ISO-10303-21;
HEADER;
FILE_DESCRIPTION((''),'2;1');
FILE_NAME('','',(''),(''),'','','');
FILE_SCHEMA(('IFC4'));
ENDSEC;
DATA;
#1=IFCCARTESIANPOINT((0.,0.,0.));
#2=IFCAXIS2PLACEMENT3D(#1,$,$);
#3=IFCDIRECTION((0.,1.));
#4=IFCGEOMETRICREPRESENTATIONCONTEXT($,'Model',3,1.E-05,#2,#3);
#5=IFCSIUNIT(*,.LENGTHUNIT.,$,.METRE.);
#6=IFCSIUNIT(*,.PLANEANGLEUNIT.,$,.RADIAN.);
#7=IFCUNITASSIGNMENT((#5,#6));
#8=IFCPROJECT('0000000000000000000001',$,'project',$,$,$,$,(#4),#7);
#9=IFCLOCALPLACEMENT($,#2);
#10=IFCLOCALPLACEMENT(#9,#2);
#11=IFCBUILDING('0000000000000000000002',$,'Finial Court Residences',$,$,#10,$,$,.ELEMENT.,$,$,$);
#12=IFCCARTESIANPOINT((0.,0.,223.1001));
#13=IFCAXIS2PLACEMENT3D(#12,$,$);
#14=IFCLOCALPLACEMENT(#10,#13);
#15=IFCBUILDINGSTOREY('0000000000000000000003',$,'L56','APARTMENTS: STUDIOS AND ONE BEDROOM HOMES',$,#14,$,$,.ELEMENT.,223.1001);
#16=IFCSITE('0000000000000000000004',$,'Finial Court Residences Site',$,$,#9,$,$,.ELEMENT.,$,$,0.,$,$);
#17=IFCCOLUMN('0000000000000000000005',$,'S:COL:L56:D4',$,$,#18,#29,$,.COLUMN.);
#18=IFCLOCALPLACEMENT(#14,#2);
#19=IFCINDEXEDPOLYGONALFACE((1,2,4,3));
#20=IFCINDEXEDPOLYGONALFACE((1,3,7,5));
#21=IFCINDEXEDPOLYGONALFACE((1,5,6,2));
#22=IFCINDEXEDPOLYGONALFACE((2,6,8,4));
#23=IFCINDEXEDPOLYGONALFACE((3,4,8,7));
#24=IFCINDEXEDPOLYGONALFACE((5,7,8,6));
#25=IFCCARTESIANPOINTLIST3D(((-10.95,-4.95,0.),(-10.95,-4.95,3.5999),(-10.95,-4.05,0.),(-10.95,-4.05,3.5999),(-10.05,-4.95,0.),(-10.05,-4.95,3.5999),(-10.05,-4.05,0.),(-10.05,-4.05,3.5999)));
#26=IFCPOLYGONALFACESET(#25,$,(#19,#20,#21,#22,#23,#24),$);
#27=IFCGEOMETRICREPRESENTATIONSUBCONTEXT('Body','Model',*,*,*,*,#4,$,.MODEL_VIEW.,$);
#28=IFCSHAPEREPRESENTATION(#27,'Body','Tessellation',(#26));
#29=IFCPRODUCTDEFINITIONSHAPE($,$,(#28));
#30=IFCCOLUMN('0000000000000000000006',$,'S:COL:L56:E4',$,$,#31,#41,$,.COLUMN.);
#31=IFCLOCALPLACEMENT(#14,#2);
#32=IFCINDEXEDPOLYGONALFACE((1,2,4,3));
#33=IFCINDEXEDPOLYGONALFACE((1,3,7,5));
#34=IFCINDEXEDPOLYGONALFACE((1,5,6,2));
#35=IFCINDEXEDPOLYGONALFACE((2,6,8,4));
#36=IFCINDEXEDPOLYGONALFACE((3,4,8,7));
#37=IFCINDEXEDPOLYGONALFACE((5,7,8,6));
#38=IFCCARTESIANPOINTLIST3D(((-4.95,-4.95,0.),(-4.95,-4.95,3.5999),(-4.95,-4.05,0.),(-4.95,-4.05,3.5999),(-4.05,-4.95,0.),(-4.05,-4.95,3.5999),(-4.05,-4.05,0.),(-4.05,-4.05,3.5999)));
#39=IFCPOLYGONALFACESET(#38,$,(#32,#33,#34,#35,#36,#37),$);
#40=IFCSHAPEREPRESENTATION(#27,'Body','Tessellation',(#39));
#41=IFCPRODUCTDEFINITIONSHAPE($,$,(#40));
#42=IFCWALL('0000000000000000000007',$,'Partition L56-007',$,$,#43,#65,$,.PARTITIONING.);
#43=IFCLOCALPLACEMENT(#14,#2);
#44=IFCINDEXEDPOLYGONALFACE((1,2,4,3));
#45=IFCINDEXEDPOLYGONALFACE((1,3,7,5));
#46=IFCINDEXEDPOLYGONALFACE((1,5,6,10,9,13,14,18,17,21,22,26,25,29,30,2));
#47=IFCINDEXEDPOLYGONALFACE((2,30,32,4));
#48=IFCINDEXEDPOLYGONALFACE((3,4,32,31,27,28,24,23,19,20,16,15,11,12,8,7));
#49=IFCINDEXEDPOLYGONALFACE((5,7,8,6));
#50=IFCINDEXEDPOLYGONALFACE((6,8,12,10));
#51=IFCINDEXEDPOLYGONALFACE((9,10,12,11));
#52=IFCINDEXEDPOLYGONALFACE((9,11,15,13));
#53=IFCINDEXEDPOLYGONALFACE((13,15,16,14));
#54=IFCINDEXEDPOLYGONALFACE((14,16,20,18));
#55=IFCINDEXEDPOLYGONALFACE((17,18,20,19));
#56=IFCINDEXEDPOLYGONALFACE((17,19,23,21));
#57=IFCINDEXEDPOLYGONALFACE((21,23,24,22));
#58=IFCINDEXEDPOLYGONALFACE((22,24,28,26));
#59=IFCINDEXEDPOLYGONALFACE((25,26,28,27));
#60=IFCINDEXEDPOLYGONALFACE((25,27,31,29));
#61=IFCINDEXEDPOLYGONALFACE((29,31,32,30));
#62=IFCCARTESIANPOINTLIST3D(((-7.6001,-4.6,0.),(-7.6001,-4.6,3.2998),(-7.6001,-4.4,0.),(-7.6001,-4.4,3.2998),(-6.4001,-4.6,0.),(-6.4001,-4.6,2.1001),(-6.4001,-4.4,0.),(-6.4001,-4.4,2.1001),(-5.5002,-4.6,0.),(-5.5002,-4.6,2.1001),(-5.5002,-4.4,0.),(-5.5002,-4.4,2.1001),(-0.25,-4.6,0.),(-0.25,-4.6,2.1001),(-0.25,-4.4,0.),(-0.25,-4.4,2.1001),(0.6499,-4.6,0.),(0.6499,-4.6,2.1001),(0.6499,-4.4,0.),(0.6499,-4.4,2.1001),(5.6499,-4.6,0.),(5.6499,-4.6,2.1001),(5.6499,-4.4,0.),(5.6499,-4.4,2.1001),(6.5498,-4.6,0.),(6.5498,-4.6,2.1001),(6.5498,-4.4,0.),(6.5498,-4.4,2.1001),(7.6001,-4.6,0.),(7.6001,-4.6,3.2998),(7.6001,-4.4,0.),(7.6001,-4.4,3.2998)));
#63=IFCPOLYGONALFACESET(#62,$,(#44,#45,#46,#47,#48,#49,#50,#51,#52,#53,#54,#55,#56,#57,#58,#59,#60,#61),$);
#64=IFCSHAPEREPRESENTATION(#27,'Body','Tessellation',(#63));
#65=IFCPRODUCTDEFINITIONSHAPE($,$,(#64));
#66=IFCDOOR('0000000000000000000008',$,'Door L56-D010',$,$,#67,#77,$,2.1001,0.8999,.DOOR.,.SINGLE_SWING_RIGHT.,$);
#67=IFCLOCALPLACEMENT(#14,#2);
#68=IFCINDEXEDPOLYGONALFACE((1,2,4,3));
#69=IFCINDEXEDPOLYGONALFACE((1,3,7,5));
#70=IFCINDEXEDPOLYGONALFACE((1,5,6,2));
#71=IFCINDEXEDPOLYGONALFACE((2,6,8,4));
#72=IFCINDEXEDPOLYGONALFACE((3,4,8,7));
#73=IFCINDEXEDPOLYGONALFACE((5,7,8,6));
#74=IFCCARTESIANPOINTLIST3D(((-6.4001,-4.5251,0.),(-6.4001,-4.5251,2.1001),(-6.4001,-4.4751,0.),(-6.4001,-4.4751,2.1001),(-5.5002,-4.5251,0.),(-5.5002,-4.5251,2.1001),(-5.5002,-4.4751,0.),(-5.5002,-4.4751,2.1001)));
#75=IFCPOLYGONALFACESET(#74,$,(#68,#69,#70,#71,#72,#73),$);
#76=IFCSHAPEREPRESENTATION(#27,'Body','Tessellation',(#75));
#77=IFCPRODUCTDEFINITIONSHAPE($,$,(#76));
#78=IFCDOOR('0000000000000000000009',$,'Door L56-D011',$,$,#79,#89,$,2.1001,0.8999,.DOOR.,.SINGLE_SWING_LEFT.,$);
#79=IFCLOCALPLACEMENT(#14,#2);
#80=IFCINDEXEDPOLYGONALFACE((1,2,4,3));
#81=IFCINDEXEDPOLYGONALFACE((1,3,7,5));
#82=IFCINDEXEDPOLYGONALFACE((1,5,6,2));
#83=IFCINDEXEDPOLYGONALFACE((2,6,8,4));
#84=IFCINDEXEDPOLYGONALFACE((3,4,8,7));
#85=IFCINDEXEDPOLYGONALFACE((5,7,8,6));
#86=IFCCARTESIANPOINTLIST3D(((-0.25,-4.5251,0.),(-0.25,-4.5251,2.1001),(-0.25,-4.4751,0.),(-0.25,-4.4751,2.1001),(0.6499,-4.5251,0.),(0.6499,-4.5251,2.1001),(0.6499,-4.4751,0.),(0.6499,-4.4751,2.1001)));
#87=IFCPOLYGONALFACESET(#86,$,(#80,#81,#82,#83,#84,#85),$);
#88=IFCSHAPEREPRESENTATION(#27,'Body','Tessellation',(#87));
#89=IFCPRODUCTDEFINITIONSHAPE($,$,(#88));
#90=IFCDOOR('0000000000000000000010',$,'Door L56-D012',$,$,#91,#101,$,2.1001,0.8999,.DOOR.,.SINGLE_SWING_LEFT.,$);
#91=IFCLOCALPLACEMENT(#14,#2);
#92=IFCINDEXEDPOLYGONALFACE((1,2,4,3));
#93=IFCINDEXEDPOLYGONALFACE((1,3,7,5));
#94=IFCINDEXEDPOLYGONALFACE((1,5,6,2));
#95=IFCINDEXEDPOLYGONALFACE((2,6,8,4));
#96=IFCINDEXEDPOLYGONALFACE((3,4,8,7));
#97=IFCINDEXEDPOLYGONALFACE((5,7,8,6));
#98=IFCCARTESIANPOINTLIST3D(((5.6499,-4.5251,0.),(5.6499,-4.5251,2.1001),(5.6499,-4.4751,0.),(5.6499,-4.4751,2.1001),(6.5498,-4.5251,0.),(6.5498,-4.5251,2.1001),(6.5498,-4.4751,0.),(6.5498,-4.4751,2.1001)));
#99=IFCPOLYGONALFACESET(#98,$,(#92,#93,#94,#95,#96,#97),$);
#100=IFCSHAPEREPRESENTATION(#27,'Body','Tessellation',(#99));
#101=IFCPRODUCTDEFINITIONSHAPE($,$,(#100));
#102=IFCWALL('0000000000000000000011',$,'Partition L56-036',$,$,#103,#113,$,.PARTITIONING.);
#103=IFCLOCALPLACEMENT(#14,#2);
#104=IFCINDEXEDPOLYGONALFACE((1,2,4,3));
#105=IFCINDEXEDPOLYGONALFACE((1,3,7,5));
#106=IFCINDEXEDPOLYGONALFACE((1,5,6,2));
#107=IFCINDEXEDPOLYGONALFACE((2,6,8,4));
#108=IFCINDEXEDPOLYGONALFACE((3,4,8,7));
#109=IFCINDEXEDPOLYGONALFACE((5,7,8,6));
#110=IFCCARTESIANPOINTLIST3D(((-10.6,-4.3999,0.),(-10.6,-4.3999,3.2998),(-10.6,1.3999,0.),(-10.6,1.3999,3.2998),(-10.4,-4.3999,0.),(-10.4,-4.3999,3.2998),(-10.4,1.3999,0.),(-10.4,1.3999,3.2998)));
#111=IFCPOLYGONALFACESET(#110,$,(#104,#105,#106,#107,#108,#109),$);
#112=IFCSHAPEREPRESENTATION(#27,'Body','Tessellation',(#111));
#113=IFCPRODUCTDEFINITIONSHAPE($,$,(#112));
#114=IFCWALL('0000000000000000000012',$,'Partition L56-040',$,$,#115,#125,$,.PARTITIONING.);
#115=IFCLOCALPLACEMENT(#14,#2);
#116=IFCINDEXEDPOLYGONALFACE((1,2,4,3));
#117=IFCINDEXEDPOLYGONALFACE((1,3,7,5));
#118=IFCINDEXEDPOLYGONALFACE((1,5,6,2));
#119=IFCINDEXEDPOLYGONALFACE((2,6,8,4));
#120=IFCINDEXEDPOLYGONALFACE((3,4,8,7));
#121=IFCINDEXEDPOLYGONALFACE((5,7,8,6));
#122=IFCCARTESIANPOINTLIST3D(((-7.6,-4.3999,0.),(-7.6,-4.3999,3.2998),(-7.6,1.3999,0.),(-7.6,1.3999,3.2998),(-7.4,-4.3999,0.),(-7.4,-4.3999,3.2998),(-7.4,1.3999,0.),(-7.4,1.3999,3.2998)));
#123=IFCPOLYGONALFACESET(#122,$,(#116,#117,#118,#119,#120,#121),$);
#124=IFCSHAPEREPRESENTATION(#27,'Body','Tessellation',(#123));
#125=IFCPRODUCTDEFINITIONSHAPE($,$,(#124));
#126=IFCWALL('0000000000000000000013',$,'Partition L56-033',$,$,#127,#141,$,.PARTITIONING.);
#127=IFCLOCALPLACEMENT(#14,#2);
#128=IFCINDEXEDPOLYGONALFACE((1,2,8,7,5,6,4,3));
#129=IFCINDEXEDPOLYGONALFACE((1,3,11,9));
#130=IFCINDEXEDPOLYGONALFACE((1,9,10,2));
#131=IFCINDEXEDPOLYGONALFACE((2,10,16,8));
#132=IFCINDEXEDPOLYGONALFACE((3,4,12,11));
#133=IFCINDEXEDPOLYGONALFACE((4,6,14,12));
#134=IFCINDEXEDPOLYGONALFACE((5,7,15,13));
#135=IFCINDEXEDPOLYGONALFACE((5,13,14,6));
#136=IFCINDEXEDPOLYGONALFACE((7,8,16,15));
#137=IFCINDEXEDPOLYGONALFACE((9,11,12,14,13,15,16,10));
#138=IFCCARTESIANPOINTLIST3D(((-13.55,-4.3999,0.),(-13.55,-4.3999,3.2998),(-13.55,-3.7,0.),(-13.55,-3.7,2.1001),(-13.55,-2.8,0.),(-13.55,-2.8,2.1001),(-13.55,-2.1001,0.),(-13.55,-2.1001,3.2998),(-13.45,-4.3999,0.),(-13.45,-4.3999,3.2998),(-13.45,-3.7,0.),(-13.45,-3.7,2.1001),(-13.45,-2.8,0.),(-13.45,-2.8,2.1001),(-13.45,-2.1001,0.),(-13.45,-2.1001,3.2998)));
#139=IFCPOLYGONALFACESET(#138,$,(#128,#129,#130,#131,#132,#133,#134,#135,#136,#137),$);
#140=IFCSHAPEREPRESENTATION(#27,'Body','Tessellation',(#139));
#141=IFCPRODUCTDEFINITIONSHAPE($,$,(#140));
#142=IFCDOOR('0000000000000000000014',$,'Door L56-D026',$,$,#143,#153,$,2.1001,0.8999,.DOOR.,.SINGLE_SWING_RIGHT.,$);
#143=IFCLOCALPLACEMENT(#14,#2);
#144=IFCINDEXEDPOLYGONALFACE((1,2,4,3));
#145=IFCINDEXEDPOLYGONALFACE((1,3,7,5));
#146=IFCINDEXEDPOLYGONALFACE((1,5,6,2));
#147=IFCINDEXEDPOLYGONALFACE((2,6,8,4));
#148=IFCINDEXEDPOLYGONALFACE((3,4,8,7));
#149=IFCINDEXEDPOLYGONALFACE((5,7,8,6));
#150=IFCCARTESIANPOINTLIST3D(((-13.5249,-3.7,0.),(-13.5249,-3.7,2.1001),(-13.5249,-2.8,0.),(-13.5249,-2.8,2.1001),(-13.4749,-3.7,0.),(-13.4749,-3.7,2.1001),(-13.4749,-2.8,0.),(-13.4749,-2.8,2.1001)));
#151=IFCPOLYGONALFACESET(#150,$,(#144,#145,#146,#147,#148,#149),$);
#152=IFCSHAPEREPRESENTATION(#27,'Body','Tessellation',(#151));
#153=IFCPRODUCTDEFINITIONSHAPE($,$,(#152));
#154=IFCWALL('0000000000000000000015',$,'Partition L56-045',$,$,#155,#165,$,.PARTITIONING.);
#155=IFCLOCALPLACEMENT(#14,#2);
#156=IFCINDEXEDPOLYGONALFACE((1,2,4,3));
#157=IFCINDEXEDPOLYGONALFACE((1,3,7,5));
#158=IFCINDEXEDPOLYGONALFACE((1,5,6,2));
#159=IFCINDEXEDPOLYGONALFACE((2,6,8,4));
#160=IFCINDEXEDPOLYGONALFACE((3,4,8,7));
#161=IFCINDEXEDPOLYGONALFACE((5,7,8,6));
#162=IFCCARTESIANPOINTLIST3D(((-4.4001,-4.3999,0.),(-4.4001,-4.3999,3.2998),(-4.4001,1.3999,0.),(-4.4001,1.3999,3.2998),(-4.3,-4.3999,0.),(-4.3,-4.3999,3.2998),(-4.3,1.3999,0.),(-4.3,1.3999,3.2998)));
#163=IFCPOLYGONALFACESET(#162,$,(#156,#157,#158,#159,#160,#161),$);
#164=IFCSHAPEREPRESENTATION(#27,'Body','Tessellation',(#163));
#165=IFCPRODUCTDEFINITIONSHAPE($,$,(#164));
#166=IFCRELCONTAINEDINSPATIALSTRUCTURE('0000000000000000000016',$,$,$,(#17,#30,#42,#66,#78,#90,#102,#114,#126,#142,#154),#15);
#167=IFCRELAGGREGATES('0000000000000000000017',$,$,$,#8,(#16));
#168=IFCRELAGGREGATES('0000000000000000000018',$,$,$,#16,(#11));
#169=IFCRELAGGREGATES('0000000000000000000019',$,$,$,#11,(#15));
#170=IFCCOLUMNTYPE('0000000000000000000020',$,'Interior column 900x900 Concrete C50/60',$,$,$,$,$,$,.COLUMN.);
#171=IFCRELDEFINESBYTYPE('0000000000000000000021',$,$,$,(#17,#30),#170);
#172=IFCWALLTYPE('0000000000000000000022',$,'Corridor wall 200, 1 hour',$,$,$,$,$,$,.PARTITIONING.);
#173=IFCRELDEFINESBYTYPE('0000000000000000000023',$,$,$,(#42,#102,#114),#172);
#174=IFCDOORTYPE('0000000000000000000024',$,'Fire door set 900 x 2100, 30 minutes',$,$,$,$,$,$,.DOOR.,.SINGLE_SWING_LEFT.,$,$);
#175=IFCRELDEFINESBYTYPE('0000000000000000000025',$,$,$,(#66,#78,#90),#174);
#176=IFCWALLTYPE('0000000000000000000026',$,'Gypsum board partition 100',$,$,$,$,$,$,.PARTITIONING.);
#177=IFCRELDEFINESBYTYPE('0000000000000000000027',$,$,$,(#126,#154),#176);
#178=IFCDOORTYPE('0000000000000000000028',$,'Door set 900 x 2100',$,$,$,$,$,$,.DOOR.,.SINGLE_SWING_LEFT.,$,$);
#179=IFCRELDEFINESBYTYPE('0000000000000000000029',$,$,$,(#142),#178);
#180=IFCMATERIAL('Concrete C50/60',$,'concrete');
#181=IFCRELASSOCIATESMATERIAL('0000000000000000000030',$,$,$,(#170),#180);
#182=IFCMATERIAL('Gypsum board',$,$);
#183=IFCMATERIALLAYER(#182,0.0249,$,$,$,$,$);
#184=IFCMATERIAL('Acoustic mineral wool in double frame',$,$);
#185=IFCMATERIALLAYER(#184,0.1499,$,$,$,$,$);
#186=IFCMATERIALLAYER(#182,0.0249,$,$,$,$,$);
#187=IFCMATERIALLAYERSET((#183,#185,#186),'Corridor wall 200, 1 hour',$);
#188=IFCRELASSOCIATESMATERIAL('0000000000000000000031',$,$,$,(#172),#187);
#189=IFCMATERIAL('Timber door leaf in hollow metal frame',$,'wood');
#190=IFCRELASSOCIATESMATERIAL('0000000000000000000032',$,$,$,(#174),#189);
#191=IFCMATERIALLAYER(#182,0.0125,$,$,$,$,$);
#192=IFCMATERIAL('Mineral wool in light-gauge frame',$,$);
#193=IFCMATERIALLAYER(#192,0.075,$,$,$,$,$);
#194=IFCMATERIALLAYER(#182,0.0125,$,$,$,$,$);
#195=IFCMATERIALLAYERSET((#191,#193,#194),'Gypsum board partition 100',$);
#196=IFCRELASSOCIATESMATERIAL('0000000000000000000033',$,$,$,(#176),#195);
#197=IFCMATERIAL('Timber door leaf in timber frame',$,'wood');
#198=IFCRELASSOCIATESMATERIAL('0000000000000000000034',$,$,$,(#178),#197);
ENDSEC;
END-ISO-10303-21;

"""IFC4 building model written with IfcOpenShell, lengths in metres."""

from ifc_helpers import new_model, si_unit, direction, frame, frame_2d, origin, origin_2d, place, context, subcontext, project, spatial, rectangle, extrude, material, layer, layer_set, material_profile, profile_set, type_object, element, fill, save


model = new_model("IFC4")

# Units and contexts
model_context = context("Model", 3, precision=1e-05, world=origin(), true_north=direction((0.0, 1.0)))
body_context = subcontext(model_context, "Body", "Model", "MODEL_VIEW")
ifc_project = project(units=[si_unit("LENGTHUNIT", "METRE"), si_unit("PLANEANGLEUNIT", "RADIAN")], contexts=[model_context])

# Site, building, storey
site_placement = place(None, origin())
site = spatial("IfcSite", under=ifc_project, at=site_placement, Name="Finial Court Residences Site", CompositionType="ELEMENT", RefElevation=0.0)
building_placement = place(site_placement, origin())
building = spatial("IfcBuilding", under=site, at=building_placement, Name="Finial Court Residences", CompositionType="ELEMENT")
storey_placement = place(building_placement, frame((0.0, 0.0, 223.1001)))
storey = spatial("IfcBuildingStorey", under=building, at=storey_placement, Name="L56", Description="APARTMENTS: STUDIOS AND ONE BEDROOM HOMES", CompositionType="ELEMENT", Elevation=223.1001)

# Columns
ifc_material_1 = material(Name="Concrete C50/60", Category="concrete")
ifc_material_profile = material_profile(ifc_material_1, rectangle(XDim=0.8999, YDim=0.8999, at=origin_2d()), Name="900x900")
ifc_profile_set = profile_set([ifc_material_profile], Name="Concrete C50/60")
column_type = type_object("IfcColumnType", Name="Interior column 900x900 Concrete C50/60", PredefinedType="COLUMN", material=ifc_profile_set)
for number, where, z_axis, x_axis, name in (
    (1, (-10.5, -4.5, 0.0), (0.0, 0.0, 1.0), (1.0, 0.0, 0.0), "S:COL:L56:D4"),
    (2, (-4.5, -4.5, 0.0), (0.0, 0.0, 1.0), (1.0, 0.0, 0.0), "S:COL:L56:E4"),
):
    element("IfcColumn", number, at=place(storey_placement, frame(where, z_axis=z_axis, x_axis=x_axis)), inside=storey, type_object=column_type, Name=name, PredefinedType="COLUMN", context=body_context, shape_type="SweptSolid", body=[
        extrude(rectangle(XDim=0.8999, YDim=0.8999, at=origin_2d()), origin(), (0.0, 0.0, 1.0), 3.5999),
    ])

# Wall, openings, doors
ifc_material_2 = material(Name="Gypsum board")
ifc_layer_1 = layer(ifc_material_2, 0.0249)
ifc_material_3 = material(Name="Acoustic mineral wool in double frame")
ifc_layer_2 = layer(ifc_material_3, 0.1499)
ifc_layer_3 = layer(ifc_material_2, 0.0249)
ifc_layer_set_1 = layer_set([ifc_layer_1, ifc_layer_2, ifc_layer_3], Name="Corridor wall 200, 1 hour")
wall_type_1 = type_object("IfcWallType", Name="Corridor wall 200, 1 hour", PredefinedType="PARTITIONING", material=ifc_layer_set_1)
wall_1_placement = place(storey_placement, frame((-7.6001, -4.5, 0.0), z_axis=(0.0, 0.0, 1.0), x_axis=(1.0, 0.0, 0.0)))
wall_1 = element("IfcWall", 3, at=wall_1_placement, inside=storey, type_object=wall_type_1, Name="Partition L56-007", PredefinedType="PARTITIONING", context=body_context, shape_type="SweptSolid", body=[
    extrude(rectangle(XDim=15.2002, YDim=0.2, at=frame_2d((7.6001, 0.0))), origin(), (0.0, 0.0, 1.0), 3.2998),
])
opening_1_placement = place(wall_1_placement, frame((1.2, 0.0, 0.0)))
opening_1 = element("IfcOpeningElement", 4, at=opening_1_placement, cuts=wall_1, PredefinedType="OPENING", context=body_context, shape_type="SweptSolid", body=[
    extrude(rectangle(XDim=0.8999, YDim=2.1001, at=frame_2d((0.45, 1.05))), frame((0.0, 0.1099, 0.0), z_axis=(0.0, -1.0, 0.0), x_axis=(1.0, 0.0, 0.0)), (0.0, 0.0, 1.0), 0.22),
])
opening_2_placement = place(wall_1_placement, frame((7.3501, 0.0, 0.0)))
opening_2 = element("IfcOpeningElement", 5, at=opening_2_placement, cuts=wall_1, PredefinedType="OPENING", context=body_context, shape_type="SweptSolid", body=[
    extrude(rectangle(XDim=0.8999, YDim=2.1001, at=frame_2d((0.45, 1.05))), frame((0.0, 0.1099, 0.0), z_axis=(0.0, -1.0, 0.0), x_axis=(1.0, 0.0, 0.0)), (0.0, 0.0, 1.0), 0.22),
])
opening_3_placement = place(wall_1_placement, frame((13.25, 0.0, 0.0)))
opening_3 = element("IfcOpeningElement", 6, at=opening_3_placement, cuts=wall_1, PredefinedType="OPENING", context=body_context, shape_type="SweptSolid", body=[
    extrude(rectangle(XDim=0.8999, YDim=2.1001, at=frame_2d((0.45, 1.05))), frame((0.0, 0.1099, 0.0), z_axis=(0.0, -1.0, 0.0), x_axis=(1.0, 0.0, 0.0)), (0.0, 0.0, 1.0), 0.22),
])
ifc_material_4 = material(Name="Timber door leaf in hollow metal frame", Category="wood")
door_type_1 = type_object("IfcDoorType", Name="Fire door set 900 x 2100, 30 minutes", OperationType="SINGLE_SWING_LEFT", PredefinedType="DOOR", material=ifc_material_4)
door_1_placement = place(opening_1_placement, origin())
door_1 = element("IfcDoor", 7, at=door_1_placement, inside=storey, type_object=door_type_1, Name="Door L56-D010", OperationType="SINGLE_SWING_RIGHT", OverallHeight=2.1001, OverallWidth=0.8999, PredefinedType="DOOR", context=body_context, shape_type="SweptSolid", body=[
    extrude(rectangle(XDim=0.8999, YDim=2.1001, at=frame_2d((0.45, 1.05))), frame((0.0, 0.0249, 0.0), z_axis=(0.0, -1.0, 0.0), x_axis=(1.0, 0.0, 0.0)), (0.0, 0.0, 1.0), 0.05),
])
fill(opening_1, door_1)
door_2_placement = place(opening_2_placement, origin())
door_2 = element("IfcDoor", 8, at=door_2_placement, inside=storey, type_object=door_type_1, Name="Door L56-D011", OperationType="SINGLE_SWING_LEFT", OverallHeight=2.1001, OverallWidth=0.8999, PredefinedType="DOOR", context=body_context, shape_type="SweptSolid", body=[
    extrude(rectangle(XDim=0.8999, YDim=2.1001, at=frame_2d((0.45, 1.05))), frame((0.0, 0.0249, 0.0), z_axis=(0.0, -1.0, 0.0), x_axis=(1.0, 0.0, 0.0)), (0.0, 0.0, 1.0), 0.05),
])
fill(opening_2, door_2)
door_3_placement = place(opening_3_placement, origin())
door_3 = element("IfcDoor", 9, at=door_3_placement, inside=storey, type_object=door_type_1, Name="Door L56-D012", OperationType="SINGLE_SWING_LEFT", OverallHeight=2.1001, OverallWidth=0.8999, PredefinedType="DOOR", context=body_context, shape_type="SweptSolid", body=[
    extrude(rectangle(XDim=0.8999, YDim=2.1001, at=frame_2d((0.45, 1.05))), frame((0.0, 0.0249, 0.0), z_axis=(0.0, -1.0, 0.0), x_axis=(1.0, 0.0, 0.0)), (0.0, 0.0, 1.0), 0.05),
])
fill(opening_3, door_3)

# Walls
for number, where, z_axis, x_axis, name in (
    (10, (-10.5, -4.3999, 0.0), (0.0, 0.0, 1.0), (0.0, 1.0, 0.0), "Partition L56-036"),
    (11, (-7.5, -4.3999, 0.0), (0.0, 0.0, 1.0), (0.0, 1.0, 0.0), "Partition L56-040"),
):
    element("IfcWall", number, at=place(storey_placement, frame(where, z_axis=z_axis, x_axis=x_axis)), inside=storey, type_object=wall_type_1, Name=name, PredefinedType="PARTITIONING", context=body_context, shape_type="SweptSolid", body=[
        extrude(rectangle(XDim=5.7998, YDim=0.2, at=frame_2d((2.8999, 0.0))), origin(), (0.0, 0.0, 1.0), 3.2998),
    ])

# Wall, opening, door
ifc_layer_4 = layer(ifc_material_2, 0.0125)
ifc_material_5 = material(Name="Mineral wool in light-gauge frame")
ifc_layer_5 = layer(ifc_material_5, 0.075)
ifc_layer_6 = layer(ifc_material_2, 0.0125)
ifc_layer_set_2 = layer_set([ifc_layer_4, ifc_layer_5, ifc_layer_6], Name="Gypsum board partition 100")
wall_type_2 = type_object("IfcWallType", Name="Gypsum board partition 100", PredefinedType="PARTITIONING", material=ifc_layer_set_2)
wall_2_placement = place(storey_placement, frame((-13.5, -4.3999, 0.0), z_axis=(0.0, 0.0, 1.0), x_axis=(0.0, 1.0, 0.0)))
wall_2 = element("IfcWall", 12, at=wall_2_placement, inside=storey, type_object=wall_type_2, Name="Partition L56-033", PredefinedType="PARTITIONING", context=body_context, shape_type="SweptSolid", body=[
    extrude(rectangle(XDim=2.2998, YDim=0.1001, at=frame_2d((1.1499, 0.0))), origin(), (0.0, 0.0, 1.0), 3.2998),
])
opening_4_placement = place(wall_2_placement, frame((0.7, 0.0, 0.0)))
opening_4 = element("IfcOpeningElement", 13, at=opening_4_placement, cuts=wall_2, PredefinedType="OPENING", context=body_context, shape_type="SweptSolid", body=[
    extrude(rectangle(XDim=0.8999, YDim=2.1001, at=frame_2d((0.45, 1.05))), frame((0.0, 0.0601, 0.0), z_axis=(0.0, -1.0, 0.0), x_axis=(1.0, 0.0, 0.0)), (0.0, 0.0, 1.0), 0.1201),
])
ifc_material_6 = material(Name="Timber door leaf in timber frame", Category="wood")
door_type_2 = type_object("IfcDoorType", Name="Door set 900 x 2100", OperationType="SINGLE_SWING_LEFT", PredefinedType="DOOR", material=ifc_material_6)
door_4_placement = place(opening_4_placement, origin())
door_4 = element("IfcDoor", 14, at=door_4_placement, inside=storey, type_object=door_type_2, Name="Door L56-D026", OperationType="SINGLE_SWING_RIGHT", OverallHeight=2.1001, OverallWidth=0.8999, PredefinedType="DOOR", context=body_context, shape_type="SweptSolid", body=[
    extrude(rectangle(XDim=0.8999, YDim=2.1001, at=frame_2d((0.45, 1.05))), frame((0.0, 0.0249, 0.0), z_axis=(0.0, -1.0, 0.0), x_axis=(1.0, 0.0, 0.0)), (0.0, 0.0, 1.0), 0.05),
])
fill(opening_4, door_4)

# Wall
wall_3_placement = place(storey_placement, frame((-4.3501, -4.3999, 0.0), z_axis=(0.0, 0.0, 1.0), x_axis=(0.0, 1.0, 0.0)))
element("IfcWall", 15, at=wall_3_placement, inside=storey, type_object=wall_type_2, Name="Partition L56-045", PredefinedType="PARTITIONING", context=body_context, shape_type="SweptSolid", body=[
    extrude(rectangle(XDim=5.7998, YDim=0.1001, at=frame_2d((2.8999, 0.0))), origin(), (0.0, 0.0, 1.0), 3.2998),
])

save(model, "model.ifc")
